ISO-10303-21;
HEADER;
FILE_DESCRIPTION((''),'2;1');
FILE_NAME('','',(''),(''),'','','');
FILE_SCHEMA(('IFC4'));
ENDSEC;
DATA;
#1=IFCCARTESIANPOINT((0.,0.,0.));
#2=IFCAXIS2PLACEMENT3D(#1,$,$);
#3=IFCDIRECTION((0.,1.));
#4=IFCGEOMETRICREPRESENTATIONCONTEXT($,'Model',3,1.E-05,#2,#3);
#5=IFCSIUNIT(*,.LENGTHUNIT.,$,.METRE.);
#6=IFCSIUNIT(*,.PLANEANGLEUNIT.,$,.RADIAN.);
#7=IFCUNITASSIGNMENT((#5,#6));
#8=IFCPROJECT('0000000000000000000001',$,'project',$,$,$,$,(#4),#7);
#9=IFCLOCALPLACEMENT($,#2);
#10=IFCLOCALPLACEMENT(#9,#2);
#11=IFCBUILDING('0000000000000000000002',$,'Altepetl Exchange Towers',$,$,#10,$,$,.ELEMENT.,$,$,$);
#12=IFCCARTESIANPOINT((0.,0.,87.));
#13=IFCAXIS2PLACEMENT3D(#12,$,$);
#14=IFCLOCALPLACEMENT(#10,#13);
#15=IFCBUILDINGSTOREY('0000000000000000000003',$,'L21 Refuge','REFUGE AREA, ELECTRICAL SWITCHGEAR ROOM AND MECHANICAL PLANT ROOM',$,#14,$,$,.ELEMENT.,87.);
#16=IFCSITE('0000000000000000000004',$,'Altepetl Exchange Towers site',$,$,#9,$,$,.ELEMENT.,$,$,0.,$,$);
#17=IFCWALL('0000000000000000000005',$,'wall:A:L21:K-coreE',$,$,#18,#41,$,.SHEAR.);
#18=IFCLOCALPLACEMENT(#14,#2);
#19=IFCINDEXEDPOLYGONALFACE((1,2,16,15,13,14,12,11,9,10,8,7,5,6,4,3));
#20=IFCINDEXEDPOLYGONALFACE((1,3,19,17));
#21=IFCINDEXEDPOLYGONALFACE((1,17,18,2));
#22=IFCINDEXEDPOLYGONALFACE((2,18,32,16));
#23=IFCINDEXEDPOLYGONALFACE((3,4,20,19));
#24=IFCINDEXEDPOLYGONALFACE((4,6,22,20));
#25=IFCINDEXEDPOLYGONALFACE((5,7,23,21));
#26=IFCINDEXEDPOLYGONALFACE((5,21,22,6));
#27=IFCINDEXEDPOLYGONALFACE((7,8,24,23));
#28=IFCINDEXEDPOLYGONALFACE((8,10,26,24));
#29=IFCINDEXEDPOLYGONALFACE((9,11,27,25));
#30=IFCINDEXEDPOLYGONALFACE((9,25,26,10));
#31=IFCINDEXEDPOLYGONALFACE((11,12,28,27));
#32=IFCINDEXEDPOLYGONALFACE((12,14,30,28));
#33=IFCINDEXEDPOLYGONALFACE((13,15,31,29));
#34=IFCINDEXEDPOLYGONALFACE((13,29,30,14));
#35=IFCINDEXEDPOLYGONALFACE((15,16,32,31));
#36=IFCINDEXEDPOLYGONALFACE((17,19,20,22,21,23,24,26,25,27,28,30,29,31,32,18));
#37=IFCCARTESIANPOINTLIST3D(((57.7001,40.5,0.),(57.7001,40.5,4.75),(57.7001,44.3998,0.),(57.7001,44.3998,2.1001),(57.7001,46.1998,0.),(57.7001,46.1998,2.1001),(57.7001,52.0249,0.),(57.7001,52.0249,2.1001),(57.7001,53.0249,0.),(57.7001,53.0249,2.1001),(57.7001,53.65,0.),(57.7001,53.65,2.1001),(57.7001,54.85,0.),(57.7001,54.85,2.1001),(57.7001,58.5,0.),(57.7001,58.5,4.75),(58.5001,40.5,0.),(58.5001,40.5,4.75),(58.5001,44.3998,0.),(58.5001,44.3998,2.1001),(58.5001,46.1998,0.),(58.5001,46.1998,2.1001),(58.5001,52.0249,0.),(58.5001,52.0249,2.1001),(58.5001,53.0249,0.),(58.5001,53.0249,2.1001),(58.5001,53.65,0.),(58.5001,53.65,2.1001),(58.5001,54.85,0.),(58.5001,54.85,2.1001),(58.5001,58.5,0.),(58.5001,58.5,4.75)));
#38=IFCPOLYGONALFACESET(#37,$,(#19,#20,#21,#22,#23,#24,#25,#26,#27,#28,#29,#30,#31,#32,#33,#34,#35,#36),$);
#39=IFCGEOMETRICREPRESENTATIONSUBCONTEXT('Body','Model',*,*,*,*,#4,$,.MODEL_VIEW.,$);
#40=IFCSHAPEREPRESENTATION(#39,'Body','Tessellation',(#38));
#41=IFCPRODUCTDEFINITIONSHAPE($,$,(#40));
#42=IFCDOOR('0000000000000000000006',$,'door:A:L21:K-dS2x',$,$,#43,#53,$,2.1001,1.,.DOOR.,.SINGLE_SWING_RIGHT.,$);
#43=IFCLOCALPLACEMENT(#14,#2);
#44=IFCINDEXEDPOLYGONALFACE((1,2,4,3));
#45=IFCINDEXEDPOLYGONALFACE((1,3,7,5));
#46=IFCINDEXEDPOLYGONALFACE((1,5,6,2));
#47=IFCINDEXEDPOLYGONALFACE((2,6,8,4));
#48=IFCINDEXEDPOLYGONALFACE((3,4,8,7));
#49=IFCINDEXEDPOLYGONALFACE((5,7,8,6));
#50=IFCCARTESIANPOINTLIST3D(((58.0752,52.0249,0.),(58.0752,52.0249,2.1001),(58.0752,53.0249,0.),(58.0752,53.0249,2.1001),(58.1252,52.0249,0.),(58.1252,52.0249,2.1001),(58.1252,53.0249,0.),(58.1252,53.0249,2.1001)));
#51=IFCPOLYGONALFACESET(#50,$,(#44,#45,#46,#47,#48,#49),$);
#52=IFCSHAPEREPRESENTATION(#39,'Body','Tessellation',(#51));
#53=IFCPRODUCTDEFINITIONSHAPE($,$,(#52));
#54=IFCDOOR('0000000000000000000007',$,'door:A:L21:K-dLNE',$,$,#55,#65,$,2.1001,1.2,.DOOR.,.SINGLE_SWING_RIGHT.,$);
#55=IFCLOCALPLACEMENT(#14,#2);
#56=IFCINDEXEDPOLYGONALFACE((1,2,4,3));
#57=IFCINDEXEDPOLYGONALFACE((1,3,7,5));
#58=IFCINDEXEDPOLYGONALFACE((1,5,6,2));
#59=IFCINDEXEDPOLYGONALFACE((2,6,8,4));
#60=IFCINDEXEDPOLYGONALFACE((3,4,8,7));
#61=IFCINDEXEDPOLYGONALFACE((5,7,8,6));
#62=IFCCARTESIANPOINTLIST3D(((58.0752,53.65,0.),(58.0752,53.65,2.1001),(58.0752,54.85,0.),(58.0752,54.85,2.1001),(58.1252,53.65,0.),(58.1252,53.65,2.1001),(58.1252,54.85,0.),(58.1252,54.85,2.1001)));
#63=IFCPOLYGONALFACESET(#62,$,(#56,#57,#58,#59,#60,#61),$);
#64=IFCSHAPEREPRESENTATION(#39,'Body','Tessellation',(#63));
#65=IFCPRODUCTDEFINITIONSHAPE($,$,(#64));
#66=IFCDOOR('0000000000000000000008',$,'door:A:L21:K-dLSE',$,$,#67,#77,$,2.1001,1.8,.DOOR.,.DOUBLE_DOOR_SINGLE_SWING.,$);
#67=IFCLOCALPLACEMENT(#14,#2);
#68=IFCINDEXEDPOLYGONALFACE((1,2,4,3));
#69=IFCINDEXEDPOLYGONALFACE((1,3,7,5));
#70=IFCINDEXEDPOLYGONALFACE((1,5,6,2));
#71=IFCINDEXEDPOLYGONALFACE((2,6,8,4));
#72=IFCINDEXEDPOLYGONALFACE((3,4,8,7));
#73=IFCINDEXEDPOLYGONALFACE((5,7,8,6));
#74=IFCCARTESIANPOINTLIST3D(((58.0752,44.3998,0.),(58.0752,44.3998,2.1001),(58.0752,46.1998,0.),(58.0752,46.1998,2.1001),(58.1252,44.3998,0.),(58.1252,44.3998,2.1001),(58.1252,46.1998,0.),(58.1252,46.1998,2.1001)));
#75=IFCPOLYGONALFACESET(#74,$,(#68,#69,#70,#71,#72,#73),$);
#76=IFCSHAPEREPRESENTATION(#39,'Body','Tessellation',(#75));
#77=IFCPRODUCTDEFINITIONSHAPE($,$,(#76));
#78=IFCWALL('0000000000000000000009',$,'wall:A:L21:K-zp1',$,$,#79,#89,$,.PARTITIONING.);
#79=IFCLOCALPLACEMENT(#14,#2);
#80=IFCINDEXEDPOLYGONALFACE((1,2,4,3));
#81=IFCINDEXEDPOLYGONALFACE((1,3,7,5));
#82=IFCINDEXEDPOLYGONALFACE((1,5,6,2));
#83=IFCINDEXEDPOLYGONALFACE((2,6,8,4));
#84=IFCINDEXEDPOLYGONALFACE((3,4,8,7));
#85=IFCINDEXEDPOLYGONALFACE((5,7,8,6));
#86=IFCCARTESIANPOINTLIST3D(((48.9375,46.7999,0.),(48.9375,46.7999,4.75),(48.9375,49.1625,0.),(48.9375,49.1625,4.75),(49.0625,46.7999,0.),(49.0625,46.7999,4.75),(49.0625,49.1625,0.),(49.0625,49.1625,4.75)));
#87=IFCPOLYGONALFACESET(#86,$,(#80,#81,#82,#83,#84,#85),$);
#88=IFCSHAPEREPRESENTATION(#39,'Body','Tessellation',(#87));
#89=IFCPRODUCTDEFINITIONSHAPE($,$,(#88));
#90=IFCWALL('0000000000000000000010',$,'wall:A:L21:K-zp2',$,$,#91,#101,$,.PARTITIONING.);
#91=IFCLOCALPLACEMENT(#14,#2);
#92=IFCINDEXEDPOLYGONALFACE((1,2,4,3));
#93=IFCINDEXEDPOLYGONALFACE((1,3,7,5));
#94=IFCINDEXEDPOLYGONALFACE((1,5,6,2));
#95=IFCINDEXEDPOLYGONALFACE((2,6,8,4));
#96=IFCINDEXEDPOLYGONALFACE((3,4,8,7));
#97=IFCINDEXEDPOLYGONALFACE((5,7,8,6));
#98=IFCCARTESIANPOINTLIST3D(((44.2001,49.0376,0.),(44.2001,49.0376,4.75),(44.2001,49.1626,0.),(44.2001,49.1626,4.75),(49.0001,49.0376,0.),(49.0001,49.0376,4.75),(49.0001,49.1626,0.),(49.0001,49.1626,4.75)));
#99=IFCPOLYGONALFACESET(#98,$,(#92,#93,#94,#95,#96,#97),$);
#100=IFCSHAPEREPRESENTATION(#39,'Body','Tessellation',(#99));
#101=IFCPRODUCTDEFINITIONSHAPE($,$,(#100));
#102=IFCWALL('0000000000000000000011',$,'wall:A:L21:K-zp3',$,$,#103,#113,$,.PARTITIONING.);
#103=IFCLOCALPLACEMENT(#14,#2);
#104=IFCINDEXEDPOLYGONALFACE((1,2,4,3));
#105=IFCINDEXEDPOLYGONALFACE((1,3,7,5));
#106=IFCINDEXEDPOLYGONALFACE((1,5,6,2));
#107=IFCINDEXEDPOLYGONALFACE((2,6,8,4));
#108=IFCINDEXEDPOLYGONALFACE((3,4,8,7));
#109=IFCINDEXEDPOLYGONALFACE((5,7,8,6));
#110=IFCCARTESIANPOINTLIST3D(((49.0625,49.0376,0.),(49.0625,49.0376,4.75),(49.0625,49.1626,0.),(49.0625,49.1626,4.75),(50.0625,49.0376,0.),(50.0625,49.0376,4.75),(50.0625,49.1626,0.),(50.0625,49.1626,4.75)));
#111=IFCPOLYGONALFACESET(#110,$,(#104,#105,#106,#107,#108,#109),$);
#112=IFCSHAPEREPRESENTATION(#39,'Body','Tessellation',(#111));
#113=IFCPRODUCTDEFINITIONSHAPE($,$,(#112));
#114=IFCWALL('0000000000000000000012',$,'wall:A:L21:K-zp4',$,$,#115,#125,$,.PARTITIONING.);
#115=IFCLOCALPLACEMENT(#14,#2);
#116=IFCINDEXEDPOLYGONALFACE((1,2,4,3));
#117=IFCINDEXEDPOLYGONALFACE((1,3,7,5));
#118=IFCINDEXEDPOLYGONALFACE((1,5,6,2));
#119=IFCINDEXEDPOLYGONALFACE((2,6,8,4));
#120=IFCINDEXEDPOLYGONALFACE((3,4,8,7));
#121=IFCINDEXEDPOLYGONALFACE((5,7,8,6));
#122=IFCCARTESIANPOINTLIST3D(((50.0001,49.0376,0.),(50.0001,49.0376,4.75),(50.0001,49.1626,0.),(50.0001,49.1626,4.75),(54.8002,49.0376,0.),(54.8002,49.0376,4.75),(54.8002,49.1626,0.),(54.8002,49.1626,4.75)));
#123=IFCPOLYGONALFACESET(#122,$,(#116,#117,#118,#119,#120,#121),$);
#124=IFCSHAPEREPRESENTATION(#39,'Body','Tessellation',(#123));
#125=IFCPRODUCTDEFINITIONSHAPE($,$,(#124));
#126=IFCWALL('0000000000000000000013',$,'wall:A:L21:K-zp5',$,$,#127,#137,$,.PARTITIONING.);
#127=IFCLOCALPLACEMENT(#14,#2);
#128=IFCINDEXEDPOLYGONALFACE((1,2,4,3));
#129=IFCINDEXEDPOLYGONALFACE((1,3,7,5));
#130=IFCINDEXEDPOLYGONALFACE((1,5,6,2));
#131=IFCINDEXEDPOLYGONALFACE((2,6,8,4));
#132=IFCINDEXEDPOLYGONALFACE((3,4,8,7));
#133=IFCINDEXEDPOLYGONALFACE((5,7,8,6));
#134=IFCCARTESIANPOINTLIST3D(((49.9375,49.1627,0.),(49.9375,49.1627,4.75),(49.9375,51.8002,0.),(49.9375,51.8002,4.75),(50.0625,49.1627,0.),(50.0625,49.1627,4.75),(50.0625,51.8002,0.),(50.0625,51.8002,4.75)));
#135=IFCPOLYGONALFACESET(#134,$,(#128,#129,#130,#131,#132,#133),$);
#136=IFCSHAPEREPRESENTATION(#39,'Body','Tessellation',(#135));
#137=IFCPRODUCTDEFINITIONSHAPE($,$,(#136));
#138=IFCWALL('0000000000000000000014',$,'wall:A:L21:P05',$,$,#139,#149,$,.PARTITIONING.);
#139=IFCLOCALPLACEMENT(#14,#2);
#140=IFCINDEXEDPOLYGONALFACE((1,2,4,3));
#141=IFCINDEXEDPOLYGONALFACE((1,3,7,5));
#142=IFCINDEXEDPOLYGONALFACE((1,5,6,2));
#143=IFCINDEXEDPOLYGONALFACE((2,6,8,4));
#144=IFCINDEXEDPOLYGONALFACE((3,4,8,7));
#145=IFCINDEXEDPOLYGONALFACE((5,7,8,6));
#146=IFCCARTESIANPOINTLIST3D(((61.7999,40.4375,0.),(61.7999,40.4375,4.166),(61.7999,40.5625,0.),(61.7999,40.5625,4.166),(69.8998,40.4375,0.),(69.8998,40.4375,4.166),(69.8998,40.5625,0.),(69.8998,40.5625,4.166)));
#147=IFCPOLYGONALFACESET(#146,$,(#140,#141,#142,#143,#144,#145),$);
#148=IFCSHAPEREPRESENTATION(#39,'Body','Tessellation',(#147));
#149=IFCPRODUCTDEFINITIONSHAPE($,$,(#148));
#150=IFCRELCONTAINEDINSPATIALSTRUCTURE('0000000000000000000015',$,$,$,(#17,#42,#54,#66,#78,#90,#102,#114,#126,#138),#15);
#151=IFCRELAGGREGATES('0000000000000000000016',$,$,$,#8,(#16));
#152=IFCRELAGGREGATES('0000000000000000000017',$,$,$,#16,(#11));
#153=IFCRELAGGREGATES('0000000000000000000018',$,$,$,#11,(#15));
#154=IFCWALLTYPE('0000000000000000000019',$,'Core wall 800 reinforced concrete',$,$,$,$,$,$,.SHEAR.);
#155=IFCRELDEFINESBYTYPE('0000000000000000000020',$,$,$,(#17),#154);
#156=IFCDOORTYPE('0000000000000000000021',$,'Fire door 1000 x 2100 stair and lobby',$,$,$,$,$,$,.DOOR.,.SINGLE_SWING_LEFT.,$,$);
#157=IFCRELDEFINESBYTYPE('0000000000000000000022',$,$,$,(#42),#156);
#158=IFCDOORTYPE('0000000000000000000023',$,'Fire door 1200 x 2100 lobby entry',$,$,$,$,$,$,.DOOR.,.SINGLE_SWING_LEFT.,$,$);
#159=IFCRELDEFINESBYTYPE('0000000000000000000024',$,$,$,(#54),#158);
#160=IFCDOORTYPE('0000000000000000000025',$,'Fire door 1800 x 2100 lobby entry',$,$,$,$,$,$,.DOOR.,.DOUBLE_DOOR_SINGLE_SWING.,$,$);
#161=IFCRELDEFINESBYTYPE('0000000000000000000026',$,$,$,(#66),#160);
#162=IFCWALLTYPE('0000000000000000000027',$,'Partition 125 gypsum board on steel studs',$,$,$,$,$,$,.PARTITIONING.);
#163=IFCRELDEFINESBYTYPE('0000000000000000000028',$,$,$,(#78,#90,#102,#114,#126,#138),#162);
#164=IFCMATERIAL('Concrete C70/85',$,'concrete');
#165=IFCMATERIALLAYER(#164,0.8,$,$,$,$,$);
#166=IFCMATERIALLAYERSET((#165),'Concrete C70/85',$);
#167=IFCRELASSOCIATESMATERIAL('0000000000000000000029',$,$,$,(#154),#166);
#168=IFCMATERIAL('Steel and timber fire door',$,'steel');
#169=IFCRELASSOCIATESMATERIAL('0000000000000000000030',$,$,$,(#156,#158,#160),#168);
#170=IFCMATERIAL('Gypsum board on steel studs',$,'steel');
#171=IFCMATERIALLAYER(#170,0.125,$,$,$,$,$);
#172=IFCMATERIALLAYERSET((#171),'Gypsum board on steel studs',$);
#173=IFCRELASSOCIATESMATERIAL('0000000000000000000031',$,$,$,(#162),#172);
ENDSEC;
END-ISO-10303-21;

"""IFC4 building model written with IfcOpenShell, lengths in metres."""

from ifc_helpers import new_model, si_unit, direction, frame, frame_2d, origin, place, context, subcontext, project, spatial, rectangle, extrude, material, layer, layer_set, type_object, element, fill, save


model = new_model("IFC4")

# Units and contexts
model_context = context("Model", 3, precision=1e-05, world=origin(), true_north=direction((0.0, 1.0)))
body_context = subcontext(model_context, "Body", "Model", "MODEL_VIEW")
ifc_project = project(units=[si_unit("LENGTHUNIT", "METRE"), si_unit("PLANEANGLEUNIT", "RADIAN")], contexts=[model_context])

# Site, building, storey
site_placement = place(None, origin())
site = spatial("IfcSite", under=ifc_project, at=site_placement, Name="Altepetl Exchange Towers site", CompositionType="ELEMENT", RefElevation=0.0)
building_placement = place(site_placement, origin())
building = spatial("IfcBuilding", under=site, at=building_placement, Name="Altepetl Exchange Towers", CompositionType="ELEMENT")
storey_placement = place(building_placement, frame((0.0, 0.0, 87.0)))
storey = spatial("IfcBuildingStorey", under=building, at=storey_placement, Name="L21 Refuge", Description="REFUGE AREA, ELECTRICAL SWITCHGEAR ROOM AND MECHANICAL PLANT ROOM", CompositionType="ELEMENT", Elevation=87.0)

# Shared definitions
ifc_material_1 = material(Name="Concrete C70/85", Category="concrete")

# Wall, openings, doors
ifc_layer_1 = layer(ifc_material_1, 0.8)
ifc_layer_set_1 = layer_set([ifc_layer_1], Name="Concrete C70/85")
wall_type_1 = type_object("IfcWallType", Name="Core wall 800 reinforced concrete", PredefinedType="SHEAR", material=ifc_layer_set_1)
wall_1_placement = place(storey_placement, frame((58.1001, 40.5, 0.0), z_axis=(0.0, 0.0, 1.0), x_axis=(0.0, 1.0, 0.0)))
wall_1 = element("IfcWall", 1, at=wall_1_placement, inside=storey, type_object=wall_type_1, Name="wall:A:L21:K-coreE", PredefinedType="SHEAR", context=body_context, shape_type="SweptSolid", body=[
    extrude(rectangle(XDim=18.0, YDim=0.8, at=frame_2d((9.0, 0.0))), origin(), (0.0, 0.0, 1.0), 4.75),
])
opening_1_placement = place(wall_1_placement, frame((13.1499, 0.0, 0.0)))
opening_1 = element("IfcOpeningElement", 2, at=opening_1_placement, cuts=wall_1, PredefinedType="OPENING", context=body_context, shape_type="SweptSolid", body=[
    extrude(rectangle(XDim=1.2, YDim=2.1001, at=frame_2d((0.6001, 1.05))), frame((0.0, 0.4102, 0.0), z_axis=(0.0, -1.0, 0.0), x_axis=(1.0, 0.0, 0.0)), (0.0, 0.0, 1.0), 0.8201),
])
opening_2_placement = place(wall_1_placement, frame((3.8999, 0.0, 0.0)))
opening_2 = element("IfcOpeningElement", 3, at=opening_2_placement, cuts=wall_1, PredefinedType="OPENING", context=body_context, shape_type="SweptSolid", body=[
    extrude(rectangle(XDim=1.8, YDim=2.1001, at=frame_2d((0.8999, 1.05))), frame((0.0, 0.4102, 0.0), z_axis=(0.0, -1.0, 0.0), x_axis=(1.0, 0.0, 0.0)), (0.0, 0.0, 1.0), 0.8201),
])
opening_3_placement = place(wall_1_placement, frame((11.5249, 0.0, 0.0)))
opening_3 = element("IfcOpeningElement", 4, at=opening_3_placement, cuts=wall_1, PredefinedType="OPENING", context=body_context, shape_type="SweptSolid", body=[
    extrude(rectangle(XDim=1.0, YDim=2.1001, at=frame_2d((0.5, 1.05))), frame((0.0, 0.4102, 0.0), z_axis=(0.0, -1.0, 0.0), x_axis=(1.0, 0.0, 0.0)), (0.0, 0.0, 1.0), 0.8201),
])
ifc_material_2 = material(Name="Steel and timber fire door", Category="steel")
door_type_1 = type_object("IfcDoorType", Name="Fire door 1000 x 2100 stair and lobby", OperationType="SINGLE_SWING_LEFT", PredefinedType="DOOR", material=ifc_material_2)
door_1_placement = place(opening_3_placement, origin())
door_1 = element("IfcDoor", 5, at=door_1_placement, inside=storey, type_object=door_type_1, Name="door:A:L21:K-dS2x", OperationType="SINGLE_SWING_RIGHT", OverallHeight=2.1001, OverallWidth=1.0, PredefinedType="DOOR", context=body_context, shape_type="SweptSolid", body=[
    extrude(rectangle(XDim=1.0, YDim=2.1001, at=frame_2d((0.5, 1.05))), frame((0.0, 0.0249, 0.0), z_axis=(0.0, -1.0, 0.0), x_axis=(1.0, 0.0, 0.0)), (0.0, 0.0, 1.0), 0.05),
])
fill(opening_3, door_1)
door_type_2 = type_object("IfcDoorType", Name="Fire door 1200 x 2100 lobby entry", OperationType="SINGLE_SWING_LEFT", PredefinedType="DOOR", material=ifc_material_2)
door_2_placement = place(opening_1_placement, origin())
door_2 = element("IfcDoor", 6, at=door_2_placement, inside=storey, type_object=door_type_2, Name="door:A:L21:K-dLNE", OperationType="SINGLE_SWING_RIGHT", OverallHeight=2.1001, OverallWidth=1.2, PredefinedType="DOOR", context=body_context, shape_type="SweptSolid", body=[
    extrude(rectangle(XDim=1.2, YDim=2.1001, at=frame_2d((0.6001, 1.05))), frame((0.0, 0.0249, 0.0), z_axis=(0.0, -1.0, 0.0), x_axis=(1.0, 0.0, 0.0)), (0.0, 0.0, 1.0), 0.05),
])
fill(opening_1, door_2)
door_type_3 = type_object("IfcDoorType", Name="Fire door 1800 x 2100 lobby entry", OperationType="DOUBLE_DOOR_SINGLE_SWING", PredefinedType="DOOR", material=ifc_material_2)
door_3_placement = place(opening_2_placement, origin())
door_3 = element("IfcDoor", 7, at=door_3_placement, inside=storey, type_object=door_type_3, Name="door:A:L21:K-dLSE", OperationType="DOUBLE_DOOR_SINGLE_SWING", OverallHeight=2.1001, OverallWidth=1.8, PredefinedType="DOOR", context=body_context, shape_type="SweptSolid", body=[
    extrude(rectangle(XDim=1.8, YDim=2.1001, at=frame_2d((0.8999, 1.05))), frame((0.0, 0.0249, 0.0), z_axis=(0.0, -1.0, 0.0), x_axis=(1.0, 0.0, 0.0)), (0.0, 0.0, 1.0), 0.05),
])
fill(opening_2, door_3)

# Walls
ifc_material_3 = material(Name="Gypsum board on steel studs", Category="steel")
ifc_layer_2 = layer(ifc_material_3, 0.125)
ifc_layer_set_2 = layer_set([ifc_layer_2], Name="Gypsum board on steel studs")
wall_type_2 = type_object("IfcWallType", Name="Partition 125 gypsum board on steel studs", PredefinedType="PARTITIONING", material=ifc_layer_set_2)
wall_2_placement = place(storey_placement, frame((49.0, 46.8, 0.0), z_axis=(0.0, 0.0, 1.0), x_axis=(0.0, 1.0, 0.0)))
element("IfcWall", 8, at=wall_2_placement, inside=storey, type_object=wall_type_2, Name="wall:A:L21:K-zp1", PredefinedType="PARTITIONING", context=body_context, shape_type="SweptSolid", body=[
    extrude(rectangle(XDim=2.3625, YDim=0.125, at=frame_2d((1.1812, 0.0))), origin(), (0.0, 0.0, 1.0), 4.75),
])
wall_3_placement = place(storey_placement, frame((49.0, 49.1001, 0.0), z_axis=(0.0, 0.0, 1.0), x_axis=(-1.0, 0.0, 0.0)))
element("IfcWall", 9, at=wall_3_placement, inside=storey, type_object=wall_type_2, Name="wall:A:L21:K-zp2", PredefinedType="PARTITIONING", context=body_context, shape_type="SweptSolid", body=[
    extrude(rectangle(XDim=4.8, YDim=0.125, at=frame_2d((2.3999, 0.0))), origin(), (0.0, 0.0, 1.0), 4.75),
])
wall_4_placement = place(storey_placement, frame((50.0625, 49.1001, 0.0), z_axis=(0.0, 0.0, 1.0), x_axis=(-1.0, 0.0, 0.0)))
element("IfcWall", 10, at=wall_4_placement, inside=storey, type_object=wall_type_2, Name="wall:A:L21:K-zp3", PredefinedType="PARTITIONING", context=body_context, shape_type="SweptSolid", body=[
    extrude(rectangle(XDim=1.0, YDim=0.125, at=frame_2d((0.5, 0.0))), origin(), (0.0, 0.0, 1.0), 4.75),
])
wall_5_placement = place(storey_placement, frame((54.8, 49.1001, 0.0), z_axis=(0.0, 0.0, 1.0), x_axis=(-1.0, 0.0, 0.0)))
element("IfcWall", 11, at=wall_5_placement, inside=storey, type_object=wall_type_2, Name="wall:A:L21:K-zp4", PredefinedType="PARTITIONING", context=body_context, shape_type="SweptSolid", body=[
    extrude(rectangle(XDim=4.8, YDim=0.125, at=frame_2d((2.3999, 0.0))), origin(), (0.0, 0.0, 1.0), 4.75),
])
wall_6_placement = place(storey_placement, frame((50.0, 49.1626, 0.0), z_axis=(0.0, 0.0, 1.0), x_axis=(0.0, 1.0, 0.0)))
element("IfcWall", 12, at=wall_6_placement, inside=storey, type_object=wall_type_2, Name="wall:A:L21:K-zp5", PredefinedType="PARTITIONING", context=body_context, shape_type="SweptSolid", body=[
    extrude(rectangle(XDim=2.6375, YDim=0.125, at=frame_2d((1.3188, 0.0))), origin(), (0.0, 0.0, 1.0), 4.75),
])
wall_7_placement = place(storey_placement, frame((61.8, 40.5, 0.0)))
element("IfcWall", 13, at=wall_7_placement, inside=storey, type_object=wall_type_2, Name="wall:A:L21:P05", PredefinedType="PARTITIONING", context=body_context, shape_type="SweptSolid", body=[
    extrude(rectangle(XDim=8.0999, YDim=0.125, at=frame_2d((4.0498, 0.0))), origin(), (0.0, 0.0, 1.0), 4.166),
])

save(model, "model.ifc")
